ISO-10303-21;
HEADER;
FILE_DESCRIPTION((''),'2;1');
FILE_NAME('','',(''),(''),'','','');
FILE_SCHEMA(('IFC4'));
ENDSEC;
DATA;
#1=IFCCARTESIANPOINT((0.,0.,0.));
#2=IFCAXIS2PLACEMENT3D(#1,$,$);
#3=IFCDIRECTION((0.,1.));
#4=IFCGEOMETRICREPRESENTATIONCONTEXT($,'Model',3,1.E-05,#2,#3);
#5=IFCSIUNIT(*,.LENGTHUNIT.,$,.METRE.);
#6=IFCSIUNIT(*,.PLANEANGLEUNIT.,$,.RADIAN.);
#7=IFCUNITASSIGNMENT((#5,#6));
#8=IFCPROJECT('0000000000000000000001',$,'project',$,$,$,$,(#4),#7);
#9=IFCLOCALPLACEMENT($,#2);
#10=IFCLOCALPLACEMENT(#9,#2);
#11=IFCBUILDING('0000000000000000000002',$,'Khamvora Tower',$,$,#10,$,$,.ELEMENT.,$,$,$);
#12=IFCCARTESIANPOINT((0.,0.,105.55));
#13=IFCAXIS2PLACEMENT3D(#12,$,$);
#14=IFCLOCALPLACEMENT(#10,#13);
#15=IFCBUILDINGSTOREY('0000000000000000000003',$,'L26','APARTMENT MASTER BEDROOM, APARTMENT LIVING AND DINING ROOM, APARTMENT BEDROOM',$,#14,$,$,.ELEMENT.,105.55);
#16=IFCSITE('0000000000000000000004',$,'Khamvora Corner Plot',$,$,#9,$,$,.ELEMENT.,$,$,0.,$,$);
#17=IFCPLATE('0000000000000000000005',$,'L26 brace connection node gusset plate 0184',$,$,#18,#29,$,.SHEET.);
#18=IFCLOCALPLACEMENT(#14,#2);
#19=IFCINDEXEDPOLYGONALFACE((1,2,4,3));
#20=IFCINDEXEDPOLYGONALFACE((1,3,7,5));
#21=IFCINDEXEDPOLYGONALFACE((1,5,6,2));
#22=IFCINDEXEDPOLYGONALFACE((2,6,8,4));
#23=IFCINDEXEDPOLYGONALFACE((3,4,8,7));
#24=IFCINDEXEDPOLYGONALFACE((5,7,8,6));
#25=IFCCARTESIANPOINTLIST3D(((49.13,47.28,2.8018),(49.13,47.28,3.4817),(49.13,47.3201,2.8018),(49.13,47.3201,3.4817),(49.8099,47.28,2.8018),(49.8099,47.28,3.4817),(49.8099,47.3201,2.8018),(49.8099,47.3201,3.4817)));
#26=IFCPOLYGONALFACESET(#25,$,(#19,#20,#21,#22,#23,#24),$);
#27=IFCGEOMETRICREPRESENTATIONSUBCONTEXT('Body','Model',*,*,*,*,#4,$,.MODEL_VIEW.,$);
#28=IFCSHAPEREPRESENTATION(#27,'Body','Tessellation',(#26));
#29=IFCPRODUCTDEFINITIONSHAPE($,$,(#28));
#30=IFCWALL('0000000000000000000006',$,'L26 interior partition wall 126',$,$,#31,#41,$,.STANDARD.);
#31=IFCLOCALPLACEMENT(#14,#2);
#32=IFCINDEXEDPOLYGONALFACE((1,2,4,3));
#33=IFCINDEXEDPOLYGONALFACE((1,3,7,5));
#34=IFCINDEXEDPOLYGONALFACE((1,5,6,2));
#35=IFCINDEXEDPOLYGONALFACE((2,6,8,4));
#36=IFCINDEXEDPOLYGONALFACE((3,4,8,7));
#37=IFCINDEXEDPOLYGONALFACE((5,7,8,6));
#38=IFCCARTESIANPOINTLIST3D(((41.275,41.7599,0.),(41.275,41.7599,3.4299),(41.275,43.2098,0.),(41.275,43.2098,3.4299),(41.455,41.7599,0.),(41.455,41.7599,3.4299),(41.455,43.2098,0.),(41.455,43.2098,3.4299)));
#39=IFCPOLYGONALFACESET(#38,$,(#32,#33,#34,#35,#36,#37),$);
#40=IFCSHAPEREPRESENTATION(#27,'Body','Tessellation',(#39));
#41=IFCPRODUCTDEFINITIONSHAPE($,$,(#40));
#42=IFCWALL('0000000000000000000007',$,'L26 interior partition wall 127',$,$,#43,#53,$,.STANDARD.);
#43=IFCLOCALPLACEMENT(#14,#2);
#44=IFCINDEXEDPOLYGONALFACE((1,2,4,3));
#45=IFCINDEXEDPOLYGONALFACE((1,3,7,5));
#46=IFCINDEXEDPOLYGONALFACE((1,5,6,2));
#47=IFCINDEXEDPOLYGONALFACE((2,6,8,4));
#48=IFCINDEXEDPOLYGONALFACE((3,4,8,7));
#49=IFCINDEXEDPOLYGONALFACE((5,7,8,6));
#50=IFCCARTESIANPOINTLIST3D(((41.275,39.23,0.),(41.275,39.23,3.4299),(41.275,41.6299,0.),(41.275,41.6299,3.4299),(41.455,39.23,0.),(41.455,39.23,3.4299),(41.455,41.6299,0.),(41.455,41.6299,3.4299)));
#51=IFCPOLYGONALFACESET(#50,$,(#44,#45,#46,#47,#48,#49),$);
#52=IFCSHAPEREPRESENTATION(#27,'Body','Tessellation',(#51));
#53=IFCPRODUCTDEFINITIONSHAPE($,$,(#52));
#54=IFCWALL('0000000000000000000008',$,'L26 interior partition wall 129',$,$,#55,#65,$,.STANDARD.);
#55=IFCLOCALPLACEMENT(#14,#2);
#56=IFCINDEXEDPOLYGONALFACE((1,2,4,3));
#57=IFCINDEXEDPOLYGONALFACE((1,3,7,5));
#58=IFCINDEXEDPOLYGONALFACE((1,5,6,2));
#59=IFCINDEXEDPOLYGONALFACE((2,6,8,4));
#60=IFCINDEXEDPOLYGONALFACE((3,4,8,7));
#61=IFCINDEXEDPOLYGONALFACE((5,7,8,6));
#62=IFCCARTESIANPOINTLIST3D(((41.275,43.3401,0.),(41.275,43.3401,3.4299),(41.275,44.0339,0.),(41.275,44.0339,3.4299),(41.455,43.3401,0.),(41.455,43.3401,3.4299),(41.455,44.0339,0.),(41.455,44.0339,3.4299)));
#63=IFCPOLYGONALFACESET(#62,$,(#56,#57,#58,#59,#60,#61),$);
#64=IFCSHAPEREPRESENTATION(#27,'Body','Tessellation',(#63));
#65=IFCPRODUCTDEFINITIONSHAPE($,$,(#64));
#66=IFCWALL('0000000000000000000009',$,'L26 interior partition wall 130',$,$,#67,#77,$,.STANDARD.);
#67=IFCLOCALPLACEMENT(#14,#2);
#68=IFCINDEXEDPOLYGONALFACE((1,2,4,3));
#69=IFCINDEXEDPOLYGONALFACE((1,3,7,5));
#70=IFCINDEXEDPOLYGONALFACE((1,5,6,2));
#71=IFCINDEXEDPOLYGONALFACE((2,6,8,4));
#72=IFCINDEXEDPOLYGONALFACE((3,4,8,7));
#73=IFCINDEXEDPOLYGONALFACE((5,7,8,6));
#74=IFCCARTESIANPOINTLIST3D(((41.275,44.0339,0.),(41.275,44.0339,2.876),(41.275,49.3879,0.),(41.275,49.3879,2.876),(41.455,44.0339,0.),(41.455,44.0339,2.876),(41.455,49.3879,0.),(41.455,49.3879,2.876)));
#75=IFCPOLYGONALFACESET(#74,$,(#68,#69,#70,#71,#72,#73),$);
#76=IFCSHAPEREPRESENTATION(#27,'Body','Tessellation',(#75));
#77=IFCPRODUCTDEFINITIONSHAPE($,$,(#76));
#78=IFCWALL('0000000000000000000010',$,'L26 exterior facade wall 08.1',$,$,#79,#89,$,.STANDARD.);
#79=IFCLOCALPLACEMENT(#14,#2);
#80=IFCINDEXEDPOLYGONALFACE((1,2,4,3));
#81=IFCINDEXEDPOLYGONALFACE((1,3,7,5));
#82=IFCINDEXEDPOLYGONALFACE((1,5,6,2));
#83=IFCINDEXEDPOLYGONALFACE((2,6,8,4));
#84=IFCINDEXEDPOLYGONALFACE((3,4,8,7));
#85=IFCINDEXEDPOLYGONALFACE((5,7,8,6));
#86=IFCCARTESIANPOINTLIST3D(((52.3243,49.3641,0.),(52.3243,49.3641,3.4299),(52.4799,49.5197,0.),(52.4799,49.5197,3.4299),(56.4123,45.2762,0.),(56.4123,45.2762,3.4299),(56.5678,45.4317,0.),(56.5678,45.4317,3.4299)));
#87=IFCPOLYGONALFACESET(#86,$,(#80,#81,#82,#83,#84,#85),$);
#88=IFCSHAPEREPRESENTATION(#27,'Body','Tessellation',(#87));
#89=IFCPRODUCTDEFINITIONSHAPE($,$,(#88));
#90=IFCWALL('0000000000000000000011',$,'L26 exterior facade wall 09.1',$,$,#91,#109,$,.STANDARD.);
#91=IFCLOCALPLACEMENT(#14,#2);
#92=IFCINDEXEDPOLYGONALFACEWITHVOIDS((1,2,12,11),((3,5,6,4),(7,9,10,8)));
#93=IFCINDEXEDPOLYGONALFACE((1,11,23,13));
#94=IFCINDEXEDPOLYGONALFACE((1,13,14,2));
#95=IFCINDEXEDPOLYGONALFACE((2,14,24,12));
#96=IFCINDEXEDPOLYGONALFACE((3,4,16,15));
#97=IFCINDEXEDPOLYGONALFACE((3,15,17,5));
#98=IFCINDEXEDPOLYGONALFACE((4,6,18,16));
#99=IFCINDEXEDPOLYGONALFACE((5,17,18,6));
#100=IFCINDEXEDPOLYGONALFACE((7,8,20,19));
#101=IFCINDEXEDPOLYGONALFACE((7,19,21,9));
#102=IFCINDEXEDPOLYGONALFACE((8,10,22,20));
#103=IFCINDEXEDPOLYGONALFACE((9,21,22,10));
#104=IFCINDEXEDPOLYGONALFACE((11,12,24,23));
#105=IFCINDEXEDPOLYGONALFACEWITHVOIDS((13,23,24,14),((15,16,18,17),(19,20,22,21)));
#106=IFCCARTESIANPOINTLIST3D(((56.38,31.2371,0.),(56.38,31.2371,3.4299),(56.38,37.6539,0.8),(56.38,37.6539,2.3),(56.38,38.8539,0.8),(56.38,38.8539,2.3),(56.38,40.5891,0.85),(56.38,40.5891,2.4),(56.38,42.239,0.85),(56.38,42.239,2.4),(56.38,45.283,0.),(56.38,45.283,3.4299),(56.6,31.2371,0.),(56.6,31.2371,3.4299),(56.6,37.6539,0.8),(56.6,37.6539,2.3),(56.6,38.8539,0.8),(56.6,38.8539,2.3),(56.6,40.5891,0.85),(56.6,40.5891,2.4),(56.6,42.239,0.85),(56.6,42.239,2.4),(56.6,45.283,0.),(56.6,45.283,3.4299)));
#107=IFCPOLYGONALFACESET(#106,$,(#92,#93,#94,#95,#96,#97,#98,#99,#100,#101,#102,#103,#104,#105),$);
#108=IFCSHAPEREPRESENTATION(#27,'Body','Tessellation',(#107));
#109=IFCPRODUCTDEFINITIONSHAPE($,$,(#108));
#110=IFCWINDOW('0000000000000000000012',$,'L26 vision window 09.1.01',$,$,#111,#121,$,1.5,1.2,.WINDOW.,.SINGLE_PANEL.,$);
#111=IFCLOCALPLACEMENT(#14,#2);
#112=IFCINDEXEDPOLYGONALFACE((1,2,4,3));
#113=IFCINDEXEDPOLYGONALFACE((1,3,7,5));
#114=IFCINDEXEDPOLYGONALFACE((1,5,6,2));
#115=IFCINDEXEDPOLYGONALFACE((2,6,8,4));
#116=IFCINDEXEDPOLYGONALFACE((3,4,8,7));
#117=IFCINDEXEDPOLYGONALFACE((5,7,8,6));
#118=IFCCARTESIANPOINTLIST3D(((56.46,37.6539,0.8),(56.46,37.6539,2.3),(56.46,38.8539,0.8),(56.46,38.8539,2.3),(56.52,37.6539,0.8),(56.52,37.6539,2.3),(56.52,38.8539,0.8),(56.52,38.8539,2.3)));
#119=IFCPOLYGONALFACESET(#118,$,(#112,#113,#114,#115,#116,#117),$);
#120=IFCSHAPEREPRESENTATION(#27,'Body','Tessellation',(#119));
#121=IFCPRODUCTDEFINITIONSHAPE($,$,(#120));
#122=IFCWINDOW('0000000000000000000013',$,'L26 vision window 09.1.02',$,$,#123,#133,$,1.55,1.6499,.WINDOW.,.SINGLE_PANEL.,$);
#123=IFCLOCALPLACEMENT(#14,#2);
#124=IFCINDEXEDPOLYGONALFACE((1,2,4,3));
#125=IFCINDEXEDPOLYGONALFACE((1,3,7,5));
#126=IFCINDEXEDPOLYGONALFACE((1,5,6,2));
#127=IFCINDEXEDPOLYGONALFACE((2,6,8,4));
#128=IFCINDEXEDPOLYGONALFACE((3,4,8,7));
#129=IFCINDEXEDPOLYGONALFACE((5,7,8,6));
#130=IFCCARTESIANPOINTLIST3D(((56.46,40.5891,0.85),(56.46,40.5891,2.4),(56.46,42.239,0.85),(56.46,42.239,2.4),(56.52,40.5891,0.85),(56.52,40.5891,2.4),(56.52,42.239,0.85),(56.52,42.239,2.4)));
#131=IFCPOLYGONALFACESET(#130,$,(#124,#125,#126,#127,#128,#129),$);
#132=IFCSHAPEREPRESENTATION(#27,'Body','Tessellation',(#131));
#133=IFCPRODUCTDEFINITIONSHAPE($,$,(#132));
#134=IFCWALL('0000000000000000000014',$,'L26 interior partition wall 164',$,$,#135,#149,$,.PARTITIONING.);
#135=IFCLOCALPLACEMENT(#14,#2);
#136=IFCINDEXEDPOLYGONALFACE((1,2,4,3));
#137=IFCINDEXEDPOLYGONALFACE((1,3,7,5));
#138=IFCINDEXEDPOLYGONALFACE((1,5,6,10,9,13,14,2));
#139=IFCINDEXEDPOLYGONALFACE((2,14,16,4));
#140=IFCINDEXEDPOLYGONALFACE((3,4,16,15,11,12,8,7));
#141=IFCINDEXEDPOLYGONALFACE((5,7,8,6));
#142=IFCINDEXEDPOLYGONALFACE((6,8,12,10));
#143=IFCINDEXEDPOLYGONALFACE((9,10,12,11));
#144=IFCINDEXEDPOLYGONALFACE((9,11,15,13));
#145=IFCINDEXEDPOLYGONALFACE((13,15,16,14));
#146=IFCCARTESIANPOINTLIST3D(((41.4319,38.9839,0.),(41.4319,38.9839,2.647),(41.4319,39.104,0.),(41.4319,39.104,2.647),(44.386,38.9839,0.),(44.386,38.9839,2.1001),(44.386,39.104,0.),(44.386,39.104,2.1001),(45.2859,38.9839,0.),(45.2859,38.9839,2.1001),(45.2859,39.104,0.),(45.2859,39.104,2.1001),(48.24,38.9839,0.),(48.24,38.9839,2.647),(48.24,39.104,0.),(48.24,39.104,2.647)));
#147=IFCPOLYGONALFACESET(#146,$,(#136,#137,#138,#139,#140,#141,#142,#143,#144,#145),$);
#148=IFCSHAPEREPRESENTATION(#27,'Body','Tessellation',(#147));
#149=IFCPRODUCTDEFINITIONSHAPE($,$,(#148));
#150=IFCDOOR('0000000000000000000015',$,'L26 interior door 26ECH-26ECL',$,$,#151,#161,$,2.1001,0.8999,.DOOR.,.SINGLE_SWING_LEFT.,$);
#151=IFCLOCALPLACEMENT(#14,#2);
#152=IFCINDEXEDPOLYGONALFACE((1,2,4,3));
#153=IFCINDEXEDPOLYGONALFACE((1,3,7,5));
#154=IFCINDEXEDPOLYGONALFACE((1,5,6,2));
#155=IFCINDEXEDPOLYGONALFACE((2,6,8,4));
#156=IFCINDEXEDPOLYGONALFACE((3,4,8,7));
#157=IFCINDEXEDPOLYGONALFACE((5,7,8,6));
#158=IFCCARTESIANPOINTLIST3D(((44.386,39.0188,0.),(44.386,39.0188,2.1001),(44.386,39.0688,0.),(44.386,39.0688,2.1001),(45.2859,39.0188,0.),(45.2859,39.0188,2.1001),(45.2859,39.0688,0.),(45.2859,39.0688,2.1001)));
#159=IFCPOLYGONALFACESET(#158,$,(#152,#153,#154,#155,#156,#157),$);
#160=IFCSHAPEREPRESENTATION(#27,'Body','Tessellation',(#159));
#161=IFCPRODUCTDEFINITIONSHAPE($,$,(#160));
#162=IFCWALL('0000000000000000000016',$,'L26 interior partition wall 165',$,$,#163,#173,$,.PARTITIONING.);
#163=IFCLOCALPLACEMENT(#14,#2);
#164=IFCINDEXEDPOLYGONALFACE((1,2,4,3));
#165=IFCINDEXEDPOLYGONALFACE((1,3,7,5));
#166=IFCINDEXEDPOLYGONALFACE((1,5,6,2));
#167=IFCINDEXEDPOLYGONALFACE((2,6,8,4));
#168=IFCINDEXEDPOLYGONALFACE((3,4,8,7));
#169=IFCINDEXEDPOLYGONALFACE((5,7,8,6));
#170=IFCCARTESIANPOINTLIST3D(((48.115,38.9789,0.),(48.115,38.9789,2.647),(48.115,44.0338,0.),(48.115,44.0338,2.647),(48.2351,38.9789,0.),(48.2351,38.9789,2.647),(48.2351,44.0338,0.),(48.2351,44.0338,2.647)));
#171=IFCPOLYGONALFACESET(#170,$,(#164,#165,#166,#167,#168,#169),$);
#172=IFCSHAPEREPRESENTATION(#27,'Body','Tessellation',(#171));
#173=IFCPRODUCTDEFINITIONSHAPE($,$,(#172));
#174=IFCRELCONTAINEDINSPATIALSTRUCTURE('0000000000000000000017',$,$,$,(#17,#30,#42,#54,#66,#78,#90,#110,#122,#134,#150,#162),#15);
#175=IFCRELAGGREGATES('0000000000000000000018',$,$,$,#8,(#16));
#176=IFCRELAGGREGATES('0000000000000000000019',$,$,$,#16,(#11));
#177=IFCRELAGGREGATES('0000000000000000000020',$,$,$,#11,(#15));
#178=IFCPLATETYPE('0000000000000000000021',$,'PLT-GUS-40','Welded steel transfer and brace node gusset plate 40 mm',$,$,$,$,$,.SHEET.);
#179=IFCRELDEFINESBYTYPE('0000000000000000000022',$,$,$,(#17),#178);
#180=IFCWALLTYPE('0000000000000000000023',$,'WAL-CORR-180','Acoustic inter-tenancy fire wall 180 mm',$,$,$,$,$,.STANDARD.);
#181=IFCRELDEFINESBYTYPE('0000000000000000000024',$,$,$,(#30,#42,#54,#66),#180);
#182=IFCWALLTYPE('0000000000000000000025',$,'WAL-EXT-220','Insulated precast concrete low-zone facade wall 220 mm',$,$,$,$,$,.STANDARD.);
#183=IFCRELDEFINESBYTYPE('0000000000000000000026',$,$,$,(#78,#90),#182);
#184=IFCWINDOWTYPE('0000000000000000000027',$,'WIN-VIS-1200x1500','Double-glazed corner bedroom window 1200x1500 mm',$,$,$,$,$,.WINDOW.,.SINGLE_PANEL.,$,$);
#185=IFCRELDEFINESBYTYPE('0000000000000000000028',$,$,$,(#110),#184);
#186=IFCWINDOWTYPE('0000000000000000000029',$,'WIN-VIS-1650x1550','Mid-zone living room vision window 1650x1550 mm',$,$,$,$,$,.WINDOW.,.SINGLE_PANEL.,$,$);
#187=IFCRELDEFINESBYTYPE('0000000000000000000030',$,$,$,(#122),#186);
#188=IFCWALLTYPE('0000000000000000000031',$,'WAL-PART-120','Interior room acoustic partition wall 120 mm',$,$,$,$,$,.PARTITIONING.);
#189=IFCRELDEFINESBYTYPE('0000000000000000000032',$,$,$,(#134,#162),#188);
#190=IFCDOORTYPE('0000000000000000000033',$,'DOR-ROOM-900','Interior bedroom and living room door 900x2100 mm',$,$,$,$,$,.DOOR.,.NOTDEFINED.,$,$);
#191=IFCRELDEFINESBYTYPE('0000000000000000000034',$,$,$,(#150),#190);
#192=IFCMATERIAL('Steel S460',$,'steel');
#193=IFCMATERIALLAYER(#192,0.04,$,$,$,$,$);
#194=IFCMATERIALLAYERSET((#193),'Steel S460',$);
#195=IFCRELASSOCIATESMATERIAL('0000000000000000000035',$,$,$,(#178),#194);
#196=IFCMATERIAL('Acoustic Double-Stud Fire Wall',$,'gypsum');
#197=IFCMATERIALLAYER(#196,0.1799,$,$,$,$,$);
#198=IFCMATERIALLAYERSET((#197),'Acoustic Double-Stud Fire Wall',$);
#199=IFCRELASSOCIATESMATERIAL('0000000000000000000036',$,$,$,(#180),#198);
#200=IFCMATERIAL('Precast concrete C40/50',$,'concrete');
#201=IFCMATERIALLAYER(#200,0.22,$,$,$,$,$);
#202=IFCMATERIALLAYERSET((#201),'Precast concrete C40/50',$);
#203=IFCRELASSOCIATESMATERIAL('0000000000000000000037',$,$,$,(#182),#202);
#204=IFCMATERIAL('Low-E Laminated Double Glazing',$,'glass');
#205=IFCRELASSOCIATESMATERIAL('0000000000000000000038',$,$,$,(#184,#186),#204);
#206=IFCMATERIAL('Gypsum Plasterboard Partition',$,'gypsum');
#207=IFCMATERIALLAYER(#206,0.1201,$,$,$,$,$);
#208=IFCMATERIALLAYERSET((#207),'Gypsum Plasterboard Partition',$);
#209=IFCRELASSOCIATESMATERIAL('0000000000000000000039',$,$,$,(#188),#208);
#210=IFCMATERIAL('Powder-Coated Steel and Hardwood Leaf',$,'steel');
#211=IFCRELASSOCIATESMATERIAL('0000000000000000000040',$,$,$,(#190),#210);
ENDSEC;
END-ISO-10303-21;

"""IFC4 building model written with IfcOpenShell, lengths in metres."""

from ifc_helpers import new_model, si_unit, direction, frame, frame_2d, origin, origin_2d, place, context, subcontext, project, spatial, rectangle, extrude, material, layer, layer_set, type_object, element, fill, save


model = new_model("IFC4")

# Units and contexts
model_context = context("Model", 3, precision=1e-05, world=origin(), true_north=direction((0.0, 1.0)))
body_context = subcontext(model_context, "Body", "Model", "MODEL_VIEW")
ifc_project = project(units=[si_unit("LENGTHUNIT", "METRE"), si_unit("PLANEANGLEUNIT", "RADIAN")], contexts=[model_context])

# Site, building, storey
site_placement = place(None, origin())
site = spatial("IfcSite", under=ifc_project, at=site_placement, Name="Khamvora Corner Plot", CompositionType="ELEMENT", RefElevation=0.0)
building_placement = place(site_placement, origin())
building = spatial("IfcBuilding", under=site, at=building_placement, Name="Khamvora Tower", CompositionType="ELEMENT")
storey_placement = place(building_placement, frame((0.0, 0.0, 105.55)))
storey = spatial("IfcBuildingStorey", under=building, at=storey_placement, Name="L26", Description="APARTMENT MASTER BEDROOM, APARTMENT LIVING AND DINING ROOM, APARTMENT BEDROOM", CompositionType="ELEMENT", Elevation=105.55)

# Plate
ifc_material_1 = material(Name="Steel S460", Category="steel")
ifc_layer_1 = layer(ifc_material_1, 0.04)
ifc_layer_set_1 = layer_set([ifc_layer_1], Name="Steel S460")
plate_type_1 = type_object("IfcPlateType", Name="PLT-GUS-40", Description="Welded steel transfer and brace node gusset plate 40 mm", PredefinedType="SHEET", material=ifc_layer_set_1)
plate_1_placement = place(storey_placement, frame((49.47, 47.3, 2.8018), z_axis=(0.0, 0.0, 1.0), x_axis=(1.0, 0.0, 0.0)))
element("IfcPlate", 1, at=plate_1_placement, inside=storey, type_object=plate_type_1, Name="L26 brace connection node gusset plate 0184", PredefinedType="SHEET", context=body_context, shape_type="SweptSolid", body=[
    extrude(rectangle(XDim=0.6799, YDim=0.04, at=origin_2d()), origin(), (0.0, 0.0, 1.0), 0.6799),
])

# Walls
ifc_material_2 = material(Name="Acoustic Double-Stud Fire Wall", Category="gypsum")
ifc_layer_2 = layer(ifc_material_2, 0.1799)
ifc_layer_set_2 = layer_set([ifc_layer_2], Name="Acoustic Double-Stud Fire Wall")
wall_type_1 = type_object("IfcWallType", Name="WAL-CORR-180", Description="Acoustic inter-tenancy fire wall 180 mm", PredefinedType="STANDARD", material=ifc_layer_set_2)
wall_1_placement = place(storey_placement, frame((41.365, 43.21, 0.0), z_axis=(0.0, 0.0, 1.0), x_axis=(0.0, -1.0, 0.0)))
element("IfcWall", 2, at=wall_1_placement, inside=storey, type_object=wall_type_1, Name="L26 interior partition wall 126", PredefinedType="STANDARD", context=body_context, shape_type="SweptSolid", body=[
    extrude(rectangle(XDim=1.45, YDim=0.1799, at=frame_2d((0.7251, 0.0))), origin(), (0.0, 0.0, 1.0), 3.4299),
])
wall_2_placement = place(storey_placement, frame((41.365, 41.6299, 0.0), z_axis=(0.0, 0.0, 1.0), x_axis=(0.0, -1.0, 0.0)))
element("IfcWall", 3, at=wall_2_placement, inside=storey, type_object=wall_type_1, Name="L26 interior partition wall 127", PredefinedType="STANDARD", context=body_context, shape_type="SweptSolid", body=[
    extrude(rectangle(XDim=2.3999, YDim=0.1799, at=frame_2d((1.2, 0.0))), origin(), (0.0, 0.0, 1.0), 3.4299),
])
wall_3_placement = place(storey_placement, frame((41.365, 44.0339, 0.0), z_axis=(0.0, 0.0, 1.0), x_axis=(0.0, -1.0, 0.0)))
element("IfcWall", 4, at=wall_3_placement, inside=storey, type_object=wall_type_1, Name="L26 interior partition wall 129", PredefinedType="STANDARD", context=body_context, shape_type="SweptSolid", body=[
    extrude(rectangle(XDim=0.6938, YDim=0.1799, at=frame_2d((0.3469, 0.0))), origin(), (0.0, 0.0, 1.0), 3.4299),
])
wall_4_placement = place(storey_placement, frame((41.365, 49.3879, 0.0), z_axis=(0.0, 0.0, 1.0), x_axis=(0.0, -1.0, 0.0)))
element("IfcWall", 5, at=wall_4_placement, inside=storey, type_object=wall_type_1, Name="L26 interior partition wall 130", PredefinedType="STANDARD", context=body_context, shape_type="SweptSolid", body=[
    extrude(rectangle(XDim=5.354, YDim=0.1799, at=frame_2d((2.677, 0.0))), origin(), (0.0, 0.0, 1.0), 2.876),
])
ifc_material_3 = material(Name="Precast concrete C40/50", Category="concrete")
ifc_layer_3 = layer(ifc_material_3, 0.22)
ifc_layer_set_3 = layer_set([ifc_layer_3], Name="Precast concrete C40/50")
wall_type_2 = type_object("IfcWallType", Name="WAL-EXT-220", Description="Insulated precast concrete low-zone facade wall 220 mm", PredefinedType="STANDARD", material=ifc_layer_set_3)
wall_5_placement = place(storey_placement, frame((52.4021, 49.4419, 0.0), z_axis=(0.0, 0.0, 1.0), x_axis=(0.707107, -0.707107, 0.0)))
element("IfcWall", 6, at=wall_5_placement, inside=storey, type_object=wall_type_2, Name="L26 exterior facade wall 08.1", PredefinedType="STANDARD", context=body_context, shape_type="SweptSolid", body=[
    extrude(rectangle(XDim=5.7812, YDim=0.22, at=frame_2d((2.8906, 0.0))), origin(), (0.0, 0.0, 1.0), 3.4299),
])

# Wall, openings, windows
wall_6_placement = place(storey_placement, frame((56.49, 45.283, 0.0), z_axis=(0.0, 0.0, 1.0), x_axis=(0.0, -1.0, 0.0)))
wall_6 = element("IfcWall", 7, at=wall_6_placement, inside=storey, type_object=wall_type_2, Name="L26 exterior facade wall 09.1", PredefinedType="STANDARD", context=body_context, shape_type="SweptSolid", body=[
    extrude(rectangle(XDim=14.0459, YDim=0.22, at=frame_2d((7.0229, 0.0))), origin(), (0.0, 0.0, 1.0), 3.4299),
])
opening_1_placement = place(wall_6_placement, frame((6.429, 0.0, 0.8)))
opening_1 = element("IfcOpeningElement", 8, at=opening_1_placement, cuts=wall_6, PredefinedType="OPENING", context=body_context, shape_type="SweptSolid", body=[
    extrude(rectangle(XDim=1.2, YDim=1.5, at=frame_2d((0.6001, 0.75))), frame((0.0, 0.1199, 0.0), z_axis=(0.0, -1.0, 0.0), x_axis=(1.0, 0.0, 0.0)), (0.0, 0.0, 1.0), 0.24),
])
opening_2_placement = place(wall_6_placement, frame((3.0439, 0.0, 0.8501)))
opening_2 = element("IfcOpeningElement", 9, at=opening_2_placement, cuts=wall_6, PredefinedType="OPENING", context=body_context, shape_type="SweptSolid", body=[
    extrude(rectangle(XDim=1.6499, YDim=1.55, at=frame_2d((0.825, 0.7749))), frame((0.0, 0.1199, 0.0), z_axis=(0.0, -1.0, 0.0), x_axis=(1.0, 0.0, 0.0)), (0.0, 0.0, 1.0), 0.24),
])
ifc_material_4 = material(Name="Low-E Laminated Double Glazing", Category="glass")
window_type_1 = type_object("IfcWindowType", Name="WIN-VIS-1200x1500", Description="Double-glazed corner bedroom window 1200x1500 mm", PartitioningType="SINGLE_PANEL", PredefinedType="WINDOW", material=ifc_material_4)
window_1_placement = place(opening_1_placement, origin())
window_1 = element("IfcWindow", 10, at=window_1_placement, inside=storey, type_object=window_type_1, Name="L26 vision window 09.1.01", OverallHeight=1.5, OverallWidth=1.2, PartitioningType="SINGLE_PANEL", PredefinedType="WINDOW", context=body_context, shape_type="SweptSolid", body=[
    extrude(rectangle(XDim=1.2, YDim=1.5, at=frame_2d((0.6001, 0.75))), frame((0.0, 0.03, 0.0), z_axis=(0.0, -1.0, 0.0), x_axis=(1.0, 0.0, 0.0)), (0.0, 0.0, 1.0), 0.0601),
])
fill(opening_1, window_1)
window_type_2 = type_object("IfcWindowType", Name="WIN-VIS-1650x1550", Description="Mid-zone living room vision window 1650x1550 mm", PartitioningType="SINGLE_PANEL", PredefinedType="WINDOW", material=ifc_material_4)
window_2_placement = place(opening_2_placement, origin())
window_2 = element("IfcWindow", 11, at=window_2_placement, inside=storey, type_object=window_type_2, Name="L26 vision window 09.1.02", OverallHeight=1.55, OverallWidth=1.6499, PartitioningType="SINGLE_PANEL", PredefinedType="WINDOW", context=body_context, shape_type="SweptSolid", body=[
    extrude(rectangle(XDim=1.6499, YDim=1.55, at=frame_2d((0.825, 0.7749))), frame((0.0, 0.03, 0.0), z_axis=(0.0, -1.0, 0.0), x_axis=(1.0, 0.0, 0.0)), (0.0, 0.0, 1.0), 0.0601),
])
fill(opening_2, window_2)

# Wall, opening, door
ifc_material_5 = material(Name="Gypsum Plasterboard Partition", Category="gypsum")
ifc_layer_4 = layer(ifc_material_5, 0.1201)
ifc_layer_set_4 = layer_set([ifc_layer_4], Name="Gypsum Plasterboard Partition")
wall_type_3 = type_object("IfcWallType", Name="WAL-PART-120", Description="Interior room acoustic partition wall 120 mm", PredefinedType="PARTITIONING", material=ifc_layer_set_4)
wall_7_placement = place(storey_placement, frame((41.4319, 39.0439, 0.0), z_axis=(0.0, 0.0, 1.0), x_axis=(1.0, 0.0, 0.0)))
wall_7 = element("IfcWall", 12, at=wall_7_placement, inside=storey, type_object=wall_type_3, Name="L26 interior partition wall 164", PredefinedType="PARTITIONING", context=body_context, shape_type="SweptSolid", body=[
    extrude(rectangle(XDim=6.8081, YDim=0.1201, at=frame_2d((3.4041, 0.0))), origin(), (0.0, 0.0, 1.0), 2.647),
])
opening_3_placement = place(wall_7_placement, frame((2.9541, 0.0, 0.0)))
opening_3 = element("IfcOpeningElement", 13, at=opening_3_placement, cuts=wall_7, PredefinedType="OPENING", context=body_context, shape_type="SweptSolid", body=[
    extrude(rectangle(XDim=0.8999, YDim=2.1001, at=frame_2d((0.45, 1.05))), frame((0.0, 0.0701, 0.0), z_axis=(0.0, -1.0, 0.0), x_axis=(1.0, 0.0, 0.0)), (0.0, 0.0, 1.0), 0.1401),
])
ifc_material_6 = material(Name="Powder-Coated Steel and Hardwood Leaf", Category="steel")
door_type = type_object("IfcDoorType", Name="DOR-ROOM-900", Description="Interior bedroom and living room door 900x2100 mm", OperationType="NOTDEFINED", PredefinedType="DOOR", material=ifc_material_6)
door_1_placement = place(opening_3_placement, origin())
door_1 = element("IfcDoor", 14, at=door_1_placement, inside=storey, type_object=door_type, Name="L26 interior door 26ECH-26ECL", OperationType="SINGLE_SWING_LEFT", OverallHeight=2.1001, OverallWidth=0.8999, PredefinedType="DOOR", context=body_context, shape_type="SweptSolid", body=[
    extrude(rectangle(XDim=0.8999, YDim=2.1001, at=frame_2d((0.45, 1.05))), frame((0.0, 0.0249, 0.0), z_axis=(0.0, -1.0, 0.0), x_axis=(1.0, 0.0, 0.0)), (0.0, 0.0, 1.0), 0.05),
])
fill(opening_3, door_1)

# Wall
wall_8_placement = place(storey_placement, frame((48.175, 38.979, 0.0), z_axis=(0.0, 0.0, 1.0), x_axis=(0.0, 1.0, 0.0)))
element("IfcWall", 15, at=wall_8_placement, inside=storey, type_object=wall_type_3, Name="L26 interior partition wall 165", PredefinedType="PARTITIONING", context=body_context, shape_type="SweptSolid", body=[
    extrude(rectangle(XDim=5.0549, YDim=0.1201, at=frame_2d((2.5273, 0.0))), origin(), (0.0, 0.0, 1.0), 2.647),
])

save(model, "model.ifc")
